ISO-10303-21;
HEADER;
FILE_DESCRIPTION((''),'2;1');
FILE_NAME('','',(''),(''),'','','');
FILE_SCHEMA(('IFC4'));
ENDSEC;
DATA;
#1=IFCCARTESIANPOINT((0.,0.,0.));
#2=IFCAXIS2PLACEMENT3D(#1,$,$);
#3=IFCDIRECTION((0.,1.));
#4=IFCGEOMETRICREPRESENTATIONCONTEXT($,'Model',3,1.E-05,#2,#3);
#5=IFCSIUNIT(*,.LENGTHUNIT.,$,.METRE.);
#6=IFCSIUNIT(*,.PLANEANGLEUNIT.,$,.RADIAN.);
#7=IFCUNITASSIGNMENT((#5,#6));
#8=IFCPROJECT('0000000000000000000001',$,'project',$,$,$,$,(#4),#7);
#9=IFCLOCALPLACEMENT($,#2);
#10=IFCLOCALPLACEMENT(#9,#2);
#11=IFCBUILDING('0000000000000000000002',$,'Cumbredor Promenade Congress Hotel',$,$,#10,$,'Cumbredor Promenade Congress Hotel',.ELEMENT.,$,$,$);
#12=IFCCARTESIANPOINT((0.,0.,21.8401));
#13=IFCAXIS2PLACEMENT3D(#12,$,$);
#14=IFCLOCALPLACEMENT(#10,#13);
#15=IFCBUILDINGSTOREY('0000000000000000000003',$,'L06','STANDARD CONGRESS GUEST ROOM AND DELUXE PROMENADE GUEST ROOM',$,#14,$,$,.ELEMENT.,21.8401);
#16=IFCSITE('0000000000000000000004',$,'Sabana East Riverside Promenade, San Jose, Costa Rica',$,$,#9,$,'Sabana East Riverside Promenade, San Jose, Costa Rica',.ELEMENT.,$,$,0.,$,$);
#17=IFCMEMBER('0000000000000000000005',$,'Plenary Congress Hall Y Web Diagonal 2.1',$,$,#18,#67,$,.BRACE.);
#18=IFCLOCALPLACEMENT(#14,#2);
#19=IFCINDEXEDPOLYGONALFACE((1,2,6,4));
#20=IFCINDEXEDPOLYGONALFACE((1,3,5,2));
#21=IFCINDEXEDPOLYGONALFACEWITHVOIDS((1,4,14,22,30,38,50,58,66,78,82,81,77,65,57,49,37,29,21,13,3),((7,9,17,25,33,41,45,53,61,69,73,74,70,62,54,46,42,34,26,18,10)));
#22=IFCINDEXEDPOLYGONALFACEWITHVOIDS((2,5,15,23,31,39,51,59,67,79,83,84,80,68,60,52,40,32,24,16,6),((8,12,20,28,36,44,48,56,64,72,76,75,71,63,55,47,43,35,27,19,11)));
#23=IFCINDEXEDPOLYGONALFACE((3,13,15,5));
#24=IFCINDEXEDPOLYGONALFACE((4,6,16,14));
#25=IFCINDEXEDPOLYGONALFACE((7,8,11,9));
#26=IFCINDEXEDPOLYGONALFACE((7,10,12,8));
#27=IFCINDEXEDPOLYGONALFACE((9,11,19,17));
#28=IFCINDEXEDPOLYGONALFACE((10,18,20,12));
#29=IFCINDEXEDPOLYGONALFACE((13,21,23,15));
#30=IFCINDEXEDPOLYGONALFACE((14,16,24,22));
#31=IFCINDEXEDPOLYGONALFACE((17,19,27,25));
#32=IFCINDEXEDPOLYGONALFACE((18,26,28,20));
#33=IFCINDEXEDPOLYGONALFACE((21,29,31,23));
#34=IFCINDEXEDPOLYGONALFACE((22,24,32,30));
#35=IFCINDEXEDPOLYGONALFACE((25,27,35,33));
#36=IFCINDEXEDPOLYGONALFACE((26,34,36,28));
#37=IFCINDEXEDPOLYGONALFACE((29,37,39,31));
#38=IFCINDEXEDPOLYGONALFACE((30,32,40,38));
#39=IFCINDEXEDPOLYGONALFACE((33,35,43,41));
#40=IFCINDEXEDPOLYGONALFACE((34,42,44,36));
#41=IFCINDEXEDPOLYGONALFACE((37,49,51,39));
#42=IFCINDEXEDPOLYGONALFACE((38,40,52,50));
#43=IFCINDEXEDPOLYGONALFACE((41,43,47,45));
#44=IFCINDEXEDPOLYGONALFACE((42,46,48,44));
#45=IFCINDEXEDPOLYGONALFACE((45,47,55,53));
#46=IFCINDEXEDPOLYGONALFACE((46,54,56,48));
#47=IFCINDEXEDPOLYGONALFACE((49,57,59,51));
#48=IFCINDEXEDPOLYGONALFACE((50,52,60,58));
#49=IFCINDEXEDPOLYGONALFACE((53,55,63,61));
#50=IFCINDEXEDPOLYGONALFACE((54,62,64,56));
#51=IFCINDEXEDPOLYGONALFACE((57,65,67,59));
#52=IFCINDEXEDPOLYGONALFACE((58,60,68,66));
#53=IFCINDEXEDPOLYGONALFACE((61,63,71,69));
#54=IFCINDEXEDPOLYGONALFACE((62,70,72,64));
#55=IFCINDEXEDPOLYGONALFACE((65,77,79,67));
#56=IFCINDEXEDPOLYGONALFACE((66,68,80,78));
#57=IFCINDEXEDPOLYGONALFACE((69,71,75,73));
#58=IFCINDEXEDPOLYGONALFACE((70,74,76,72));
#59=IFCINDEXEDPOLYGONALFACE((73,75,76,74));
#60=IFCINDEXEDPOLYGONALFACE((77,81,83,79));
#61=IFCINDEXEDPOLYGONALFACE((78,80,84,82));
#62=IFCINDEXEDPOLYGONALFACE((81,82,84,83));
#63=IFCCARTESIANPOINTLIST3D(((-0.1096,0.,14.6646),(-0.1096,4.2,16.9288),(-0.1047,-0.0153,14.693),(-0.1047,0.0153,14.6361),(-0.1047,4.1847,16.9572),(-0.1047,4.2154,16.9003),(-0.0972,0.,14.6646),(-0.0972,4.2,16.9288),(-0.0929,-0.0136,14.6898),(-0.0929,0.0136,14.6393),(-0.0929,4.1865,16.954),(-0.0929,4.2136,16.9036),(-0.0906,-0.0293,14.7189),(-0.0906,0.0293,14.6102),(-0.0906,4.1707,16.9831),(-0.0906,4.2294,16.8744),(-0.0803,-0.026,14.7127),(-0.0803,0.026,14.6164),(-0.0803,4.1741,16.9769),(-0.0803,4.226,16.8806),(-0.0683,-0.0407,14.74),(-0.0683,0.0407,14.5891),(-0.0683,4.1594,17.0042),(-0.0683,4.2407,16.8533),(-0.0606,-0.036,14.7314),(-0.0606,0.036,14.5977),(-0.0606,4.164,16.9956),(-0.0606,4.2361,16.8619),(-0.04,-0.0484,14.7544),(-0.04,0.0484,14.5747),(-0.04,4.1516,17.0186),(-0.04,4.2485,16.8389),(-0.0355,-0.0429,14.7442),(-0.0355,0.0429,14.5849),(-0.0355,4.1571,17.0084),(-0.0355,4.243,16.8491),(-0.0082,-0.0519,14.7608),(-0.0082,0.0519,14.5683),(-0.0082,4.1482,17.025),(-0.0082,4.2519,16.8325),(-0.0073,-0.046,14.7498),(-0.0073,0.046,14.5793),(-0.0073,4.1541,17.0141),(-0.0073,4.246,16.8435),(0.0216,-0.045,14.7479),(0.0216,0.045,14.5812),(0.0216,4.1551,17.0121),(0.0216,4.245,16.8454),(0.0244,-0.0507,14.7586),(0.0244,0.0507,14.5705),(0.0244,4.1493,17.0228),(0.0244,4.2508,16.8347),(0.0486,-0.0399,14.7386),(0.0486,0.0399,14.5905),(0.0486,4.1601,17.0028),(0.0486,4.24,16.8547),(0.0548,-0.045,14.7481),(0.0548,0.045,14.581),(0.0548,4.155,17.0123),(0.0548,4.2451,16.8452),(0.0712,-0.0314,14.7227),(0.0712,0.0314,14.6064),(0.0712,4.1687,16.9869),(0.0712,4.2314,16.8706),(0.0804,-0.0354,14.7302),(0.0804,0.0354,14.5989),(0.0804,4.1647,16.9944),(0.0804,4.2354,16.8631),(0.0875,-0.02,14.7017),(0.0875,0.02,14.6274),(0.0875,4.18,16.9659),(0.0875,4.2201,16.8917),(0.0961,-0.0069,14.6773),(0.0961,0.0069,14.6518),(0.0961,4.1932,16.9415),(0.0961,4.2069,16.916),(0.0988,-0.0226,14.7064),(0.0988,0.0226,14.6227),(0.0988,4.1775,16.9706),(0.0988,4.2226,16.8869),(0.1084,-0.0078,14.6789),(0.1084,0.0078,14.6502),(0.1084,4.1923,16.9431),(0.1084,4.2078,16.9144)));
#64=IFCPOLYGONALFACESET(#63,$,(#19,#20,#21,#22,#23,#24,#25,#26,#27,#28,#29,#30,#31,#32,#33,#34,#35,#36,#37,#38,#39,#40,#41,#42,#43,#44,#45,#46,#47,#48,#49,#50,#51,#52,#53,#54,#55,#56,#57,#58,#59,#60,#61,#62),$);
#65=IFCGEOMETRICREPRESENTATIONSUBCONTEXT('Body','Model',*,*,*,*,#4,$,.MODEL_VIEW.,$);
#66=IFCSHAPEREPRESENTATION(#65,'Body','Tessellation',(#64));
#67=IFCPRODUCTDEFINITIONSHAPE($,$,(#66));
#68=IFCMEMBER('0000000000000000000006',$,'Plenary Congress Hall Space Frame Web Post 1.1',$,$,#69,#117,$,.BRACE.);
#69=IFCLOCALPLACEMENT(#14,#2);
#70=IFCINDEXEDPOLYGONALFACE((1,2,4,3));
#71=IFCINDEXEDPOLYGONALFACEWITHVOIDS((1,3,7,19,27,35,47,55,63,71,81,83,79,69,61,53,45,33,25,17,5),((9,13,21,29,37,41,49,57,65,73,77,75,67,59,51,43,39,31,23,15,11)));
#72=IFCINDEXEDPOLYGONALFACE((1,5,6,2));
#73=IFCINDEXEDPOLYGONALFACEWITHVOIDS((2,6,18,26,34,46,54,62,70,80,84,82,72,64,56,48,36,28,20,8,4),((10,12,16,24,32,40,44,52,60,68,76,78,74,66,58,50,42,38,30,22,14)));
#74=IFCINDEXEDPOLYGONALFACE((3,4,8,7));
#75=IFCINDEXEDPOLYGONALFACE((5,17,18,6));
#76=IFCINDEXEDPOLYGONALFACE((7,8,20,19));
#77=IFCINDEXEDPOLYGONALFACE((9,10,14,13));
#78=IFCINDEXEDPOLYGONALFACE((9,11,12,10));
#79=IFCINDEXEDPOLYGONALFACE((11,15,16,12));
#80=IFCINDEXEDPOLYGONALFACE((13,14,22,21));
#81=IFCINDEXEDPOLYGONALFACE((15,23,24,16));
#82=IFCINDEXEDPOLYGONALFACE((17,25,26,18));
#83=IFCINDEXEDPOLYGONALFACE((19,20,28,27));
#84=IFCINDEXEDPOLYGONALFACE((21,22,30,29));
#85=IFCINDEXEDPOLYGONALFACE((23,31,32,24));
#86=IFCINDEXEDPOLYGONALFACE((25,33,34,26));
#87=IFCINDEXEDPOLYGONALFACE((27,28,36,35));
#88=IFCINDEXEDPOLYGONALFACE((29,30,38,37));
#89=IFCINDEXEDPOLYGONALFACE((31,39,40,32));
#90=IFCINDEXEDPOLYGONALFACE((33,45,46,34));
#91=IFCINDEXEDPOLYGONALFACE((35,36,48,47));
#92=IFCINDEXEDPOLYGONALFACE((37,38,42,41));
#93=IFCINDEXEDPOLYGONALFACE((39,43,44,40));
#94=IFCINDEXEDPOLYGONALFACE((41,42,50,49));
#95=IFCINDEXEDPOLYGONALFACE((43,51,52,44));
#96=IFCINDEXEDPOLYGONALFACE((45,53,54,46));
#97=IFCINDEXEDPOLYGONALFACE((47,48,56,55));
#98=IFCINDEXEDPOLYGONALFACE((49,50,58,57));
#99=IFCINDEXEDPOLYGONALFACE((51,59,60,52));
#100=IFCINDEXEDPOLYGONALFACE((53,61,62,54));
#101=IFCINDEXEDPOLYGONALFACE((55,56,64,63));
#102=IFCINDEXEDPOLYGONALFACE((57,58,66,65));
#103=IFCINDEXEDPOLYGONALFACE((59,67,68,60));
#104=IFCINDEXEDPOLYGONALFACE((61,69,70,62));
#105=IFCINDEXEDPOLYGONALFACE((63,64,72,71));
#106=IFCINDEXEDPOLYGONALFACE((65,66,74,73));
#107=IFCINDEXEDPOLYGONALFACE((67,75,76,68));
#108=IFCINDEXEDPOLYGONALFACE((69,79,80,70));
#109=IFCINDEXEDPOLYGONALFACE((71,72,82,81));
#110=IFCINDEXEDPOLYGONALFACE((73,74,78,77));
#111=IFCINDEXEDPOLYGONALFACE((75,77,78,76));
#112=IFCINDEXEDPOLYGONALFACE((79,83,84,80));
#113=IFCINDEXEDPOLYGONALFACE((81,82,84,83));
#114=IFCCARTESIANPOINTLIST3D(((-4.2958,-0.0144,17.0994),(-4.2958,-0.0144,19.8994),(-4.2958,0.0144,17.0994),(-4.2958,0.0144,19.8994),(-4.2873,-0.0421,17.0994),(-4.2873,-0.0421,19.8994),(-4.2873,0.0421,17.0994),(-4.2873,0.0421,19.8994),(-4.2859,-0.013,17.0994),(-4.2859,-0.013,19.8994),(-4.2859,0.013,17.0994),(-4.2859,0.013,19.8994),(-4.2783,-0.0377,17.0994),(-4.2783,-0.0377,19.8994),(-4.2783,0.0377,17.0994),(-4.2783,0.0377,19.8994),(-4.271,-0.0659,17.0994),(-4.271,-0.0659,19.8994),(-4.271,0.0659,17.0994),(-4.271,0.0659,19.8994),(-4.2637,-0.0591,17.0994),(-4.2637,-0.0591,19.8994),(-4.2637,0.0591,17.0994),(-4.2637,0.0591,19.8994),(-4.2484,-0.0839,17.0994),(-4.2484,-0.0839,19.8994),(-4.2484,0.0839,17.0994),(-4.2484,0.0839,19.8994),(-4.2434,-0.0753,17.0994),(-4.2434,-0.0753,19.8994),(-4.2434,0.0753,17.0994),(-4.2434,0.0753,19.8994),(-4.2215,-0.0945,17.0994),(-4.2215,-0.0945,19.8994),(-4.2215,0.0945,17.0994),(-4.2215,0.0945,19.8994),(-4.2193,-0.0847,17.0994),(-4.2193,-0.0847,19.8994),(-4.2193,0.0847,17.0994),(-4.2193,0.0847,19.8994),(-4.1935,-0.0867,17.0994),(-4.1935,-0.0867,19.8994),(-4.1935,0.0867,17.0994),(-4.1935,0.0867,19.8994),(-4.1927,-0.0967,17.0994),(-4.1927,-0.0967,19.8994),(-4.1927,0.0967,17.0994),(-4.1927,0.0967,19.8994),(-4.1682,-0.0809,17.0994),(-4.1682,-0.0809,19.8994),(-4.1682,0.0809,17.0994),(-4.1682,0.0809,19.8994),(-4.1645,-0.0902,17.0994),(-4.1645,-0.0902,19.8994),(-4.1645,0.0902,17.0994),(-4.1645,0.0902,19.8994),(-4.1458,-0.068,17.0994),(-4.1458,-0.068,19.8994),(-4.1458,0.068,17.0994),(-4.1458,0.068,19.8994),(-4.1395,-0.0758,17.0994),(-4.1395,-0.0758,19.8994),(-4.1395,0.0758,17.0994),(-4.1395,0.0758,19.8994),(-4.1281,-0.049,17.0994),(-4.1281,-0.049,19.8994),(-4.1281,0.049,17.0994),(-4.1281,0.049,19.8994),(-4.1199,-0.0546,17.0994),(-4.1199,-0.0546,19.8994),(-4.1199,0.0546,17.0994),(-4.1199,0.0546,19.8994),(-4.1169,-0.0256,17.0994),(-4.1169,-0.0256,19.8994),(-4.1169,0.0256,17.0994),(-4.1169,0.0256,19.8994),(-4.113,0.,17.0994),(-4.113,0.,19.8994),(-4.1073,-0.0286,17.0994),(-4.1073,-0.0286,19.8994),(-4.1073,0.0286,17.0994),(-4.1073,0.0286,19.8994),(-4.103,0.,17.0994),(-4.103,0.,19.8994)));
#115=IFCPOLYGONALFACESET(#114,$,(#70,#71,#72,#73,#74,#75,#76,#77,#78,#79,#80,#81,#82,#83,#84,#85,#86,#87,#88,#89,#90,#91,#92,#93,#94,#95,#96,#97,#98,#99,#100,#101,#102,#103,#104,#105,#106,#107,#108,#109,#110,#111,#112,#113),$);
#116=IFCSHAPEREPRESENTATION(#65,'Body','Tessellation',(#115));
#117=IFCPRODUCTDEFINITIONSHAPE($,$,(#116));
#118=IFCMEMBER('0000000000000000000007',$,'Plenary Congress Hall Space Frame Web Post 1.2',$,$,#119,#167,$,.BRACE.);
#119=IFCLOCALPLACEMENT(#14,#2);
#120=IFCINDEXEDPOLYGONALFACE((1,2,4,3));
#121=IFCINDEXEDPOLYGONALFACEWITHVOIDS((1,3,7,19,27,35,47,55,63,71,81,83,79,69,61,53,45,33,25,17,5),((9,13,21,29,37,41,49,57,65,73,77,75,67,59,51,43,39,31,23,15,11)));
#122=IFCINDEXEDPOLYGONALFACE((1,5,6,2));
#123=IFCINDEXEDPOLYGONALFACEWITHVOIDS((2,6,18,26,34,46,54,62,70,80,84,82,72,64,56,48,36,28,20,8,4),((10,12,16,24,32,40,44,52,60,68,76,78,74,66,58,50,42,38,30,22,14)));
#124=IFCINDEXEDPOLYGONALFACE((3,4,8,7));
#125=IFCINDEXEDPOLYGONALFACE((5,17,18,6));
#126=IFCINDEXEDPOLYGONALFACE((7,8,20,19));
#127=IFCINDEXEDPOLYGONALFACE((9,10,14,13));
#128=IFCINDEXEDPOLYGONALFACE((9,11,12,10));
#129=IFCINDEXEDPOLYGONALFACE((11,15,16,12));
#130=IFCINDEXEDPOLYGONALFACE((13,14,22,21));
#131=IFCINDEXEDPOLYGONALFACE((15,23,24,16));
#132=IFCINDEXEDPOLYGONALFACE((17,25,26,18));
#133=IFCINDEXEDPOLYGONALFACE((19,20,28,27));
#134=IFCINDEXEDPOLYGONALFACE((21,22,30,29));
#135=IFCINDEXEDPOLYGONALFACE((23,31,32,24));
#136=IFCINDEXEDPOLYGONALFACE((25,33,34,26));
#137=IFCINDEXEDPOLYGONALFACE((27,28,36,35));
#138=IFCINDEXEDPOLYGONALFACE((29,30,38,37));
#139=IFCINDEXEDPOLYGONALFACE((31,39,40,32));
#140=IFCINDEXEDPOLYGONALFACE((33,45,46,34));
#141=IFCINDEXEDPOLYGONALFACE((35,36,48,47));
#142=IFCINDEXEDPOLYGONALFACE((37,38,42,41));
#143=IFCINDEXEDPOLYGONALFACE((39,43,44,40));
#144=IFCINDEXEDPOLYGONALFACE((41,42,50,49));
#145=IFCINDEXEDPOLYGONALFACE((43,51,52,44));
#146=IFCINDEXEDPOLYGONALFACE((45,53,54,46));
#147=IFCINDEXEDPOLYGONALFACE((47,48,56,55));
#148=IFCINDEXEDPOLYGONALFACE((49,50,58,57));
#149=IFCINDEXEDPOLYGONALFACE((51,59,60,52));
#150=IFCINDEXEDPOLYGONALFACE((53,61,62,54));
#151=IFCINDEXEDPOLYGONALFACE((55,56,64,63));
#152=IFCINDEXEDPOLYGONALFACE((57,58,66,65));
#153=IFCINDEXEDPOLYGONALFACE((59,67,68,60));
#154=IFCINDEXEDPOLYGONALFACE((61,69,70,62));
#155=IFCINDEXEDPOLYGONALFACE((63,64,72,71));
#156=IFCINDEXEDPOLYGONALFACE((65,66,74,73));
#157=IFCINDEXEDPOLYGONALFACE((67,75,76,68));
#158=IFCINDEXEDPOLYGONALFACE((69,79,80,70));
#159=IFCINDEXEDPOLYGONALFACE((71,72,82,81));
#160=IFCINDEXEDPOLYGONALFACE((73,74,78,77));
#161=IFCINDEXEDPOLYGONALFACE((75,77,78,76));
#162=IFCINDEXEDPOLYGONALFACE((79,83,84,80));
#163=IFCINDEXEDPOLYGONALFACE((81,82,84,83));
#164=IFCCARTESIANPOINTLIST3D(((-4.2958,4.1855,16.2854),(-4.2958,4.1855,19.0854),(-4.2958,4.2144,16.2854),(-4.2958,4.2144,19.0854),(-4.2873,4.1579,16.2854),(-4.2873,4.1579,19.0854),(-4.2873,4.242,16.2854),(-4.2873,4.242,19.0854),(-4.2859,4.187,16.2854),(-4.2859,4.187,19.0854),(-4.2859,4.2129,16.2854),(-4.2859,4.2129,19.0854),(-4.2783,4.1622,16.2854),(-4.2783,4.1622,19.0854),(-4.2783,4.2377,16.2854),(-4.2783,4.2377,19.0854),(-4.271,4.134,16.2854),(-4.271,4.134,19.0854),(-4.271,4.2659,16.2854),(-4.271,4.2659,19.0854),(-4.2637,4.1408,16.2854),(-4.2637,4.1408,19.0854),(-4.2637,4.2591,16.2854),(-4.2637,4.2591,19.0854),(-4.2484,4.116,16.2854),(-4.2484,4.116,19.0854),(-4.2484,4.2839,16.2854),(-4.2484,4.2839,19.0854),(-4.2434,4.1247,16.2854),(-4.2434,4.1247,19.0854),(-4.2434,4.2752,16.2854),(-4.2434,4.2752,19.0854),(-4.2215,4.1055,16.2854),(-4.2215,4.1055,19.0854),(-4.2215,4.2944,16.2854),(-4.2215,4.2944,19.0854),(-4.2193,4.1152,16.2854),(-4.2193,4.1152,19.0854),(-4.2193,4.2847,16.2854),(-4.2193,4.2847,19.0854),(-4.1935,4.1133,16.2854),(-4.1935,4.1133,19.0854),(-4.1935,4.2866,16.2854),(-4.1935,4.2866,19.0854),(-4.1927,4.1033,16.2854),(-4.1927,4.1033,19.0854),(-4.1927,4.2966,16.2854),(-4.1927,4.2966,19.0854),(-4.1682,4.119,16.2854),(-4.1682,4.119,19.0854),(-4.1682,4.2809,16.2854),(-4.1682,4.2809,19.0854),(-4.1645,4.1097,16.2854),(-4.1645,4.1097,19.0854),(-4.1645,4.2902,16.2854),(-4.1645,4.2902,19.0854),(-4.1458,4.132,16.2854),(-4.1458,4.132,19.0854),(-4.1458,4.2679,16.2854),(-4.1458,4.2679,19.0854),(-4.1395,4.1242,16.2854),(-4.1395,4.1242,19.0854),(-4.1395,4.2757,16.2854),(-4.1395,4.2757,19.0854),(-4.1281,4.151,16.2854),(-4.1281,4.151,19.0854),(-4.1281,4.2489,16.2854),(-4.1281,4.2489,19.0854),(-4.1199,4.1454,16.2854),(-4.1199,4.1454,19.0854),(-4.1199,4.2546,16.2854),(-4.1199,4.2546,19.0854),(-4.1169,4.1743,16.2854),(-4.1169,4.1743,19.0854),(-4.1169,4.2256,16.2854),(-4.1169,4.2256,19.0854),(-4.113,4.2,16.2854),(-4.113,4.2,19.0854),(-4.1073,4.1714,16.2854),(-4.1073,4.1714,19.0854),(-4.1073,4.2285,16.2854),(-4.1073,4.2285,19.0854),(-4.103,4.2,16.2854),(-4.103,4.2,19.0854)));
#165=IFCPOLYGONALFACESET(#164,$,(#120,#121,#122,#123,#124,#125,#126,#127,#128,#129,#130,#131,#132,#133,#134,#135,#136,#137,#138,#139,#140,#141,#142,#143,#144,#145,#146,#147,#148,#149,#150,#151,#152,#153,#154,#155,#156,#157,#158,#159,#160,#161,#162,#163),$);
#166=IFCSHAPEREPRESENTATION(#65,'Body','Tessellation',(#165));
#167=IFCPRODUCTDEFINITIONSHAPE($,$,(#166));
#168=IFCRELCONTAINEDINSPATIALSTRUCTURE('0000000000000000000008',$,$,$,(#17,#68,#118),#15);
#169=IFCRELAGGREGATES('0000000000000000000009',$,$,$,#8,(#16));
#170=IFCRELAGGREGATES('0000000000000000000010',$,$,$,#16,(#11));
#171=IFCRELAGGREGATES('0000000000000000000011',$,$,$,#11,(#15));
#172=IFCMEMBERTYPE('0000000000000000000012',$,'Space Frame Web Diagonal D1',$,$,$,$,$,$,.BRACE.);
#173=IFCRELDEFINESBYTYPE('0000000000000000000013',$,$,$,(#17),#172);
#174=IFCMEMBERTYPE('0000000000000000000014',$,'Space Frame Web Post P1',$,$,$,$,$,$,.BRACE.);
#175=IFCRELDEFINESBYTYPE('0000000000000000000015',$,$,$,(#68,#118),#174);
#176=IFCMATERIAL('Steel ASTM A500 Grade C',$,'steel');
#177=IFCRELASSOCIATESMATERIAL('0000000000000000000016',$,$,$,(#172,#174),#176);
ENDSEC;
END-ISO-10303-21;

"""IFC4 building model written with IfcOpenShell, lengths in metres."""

from ifc_helpers import new_model, si_unit, direction, frame, origin, origin_2d, place, context, subcontext, project, spatial, hollow_circle, extrude, material, material_profile, profile_set, type_object, element, save


model = new_model("IFC4")

# Units and contexts
model_context = context("Model", 3, precision=1e-05, world=origin(), true_north=direction((0.0, 1.0)))
body_context = subcontext(model_context, "Body", "Model", "MODEL_VIEW")
ifc_project = project(units=[si_unit("LENGTHUNIT", "METRE"), si_unit("PLANEANGLEUNIT", "RADIAN")], contexts=[model_context])

# Site, building, storey
site_placement = place(None, origin())
site = spatial("IfcSite", under=ifc_project, at=site_placement, Name="Sabana East Riverside Promenade, San Jose, Costa Rica", LongName="Sabana East Riverside Promenade, San Jose, Costa Rica", CompositionType="ELEMENT", RefElevation=0.0)
building_placement = place(site_placement, origin())
building = spatial("IfcBuilding", under=site, at=building_placement, Name="Cumbredor Promenade Congress Hotel", LongName="Cumbredor Promenade Congress Hotel", CompositionType="ELEMENT")
storey_placement = place(building_placement, frame((0.0, 0.0, 21.8401)))
storey = spatial("IfcBuildingStorey", under=building, at=storey_placement, Name="L06", Description="STANDARD CONGRESS GUEST ROOM AND DELUXE PROMENADE GUEST ROOM", CompositionType="ELEMENT", Elevation=21.8401)

# Members
ifc_material_1 = material(Name="Steel ASTM A500 Grade C", Category="steel")
ifc_material_profile_1 = material_profile(ifc_material_1, hollow_circle(Radius=0.1096, WallThickness=0.0125, at=origin_2d()), Name="CHS 219.1x12.5")
ifc_profile_set_1 = profile_set([ifc_material_profile_1], Name="Steel ASTM A500 Grade C")
member_type_1 = type_object("IfcMemberType", Name="Space Frame Web Diagonal D1", PredefinedType="BRACE", material=ifc_profile_set_1)
member_1_placement = place(storey_placement, frame((0.0, 0.0, 14.6646), z_axis=(0.0, 0.880239, 0.47453), x_axis=(-1.0, 0.0, 0.0)))
element("IfcMember", 1, at=member_1_placement, inside=storey, type_object=member_type_1, Name="Plenary Congress Hall Y Web Diagonal 2.1", PredefinedType="BRACE", context=body_context, shape_type="SweptSolid", body=[
    extrude(hollow_circle(Radius=0.1096, WallThickness=0.0125, at=origin_2d()), origin(), (0.0, 0.0, 1.0), 4.7715),
])
ifc_material_profile_2 = material_profile(ifc_material_1, hollow_circle(Radius=0.0969, WallThickness=0.01, at=origin_2d()), Name="CHS 193.7x10")
ifc_profile_set_2 = profile_set([ifc_material_profile_2], Name="Steel ASTM A500 Grade C")
member_type_2 = type_object("IfcMemberType", Name="Space Frame Web Post P1", PredefinedType="BRACE", material=ifc_profile_set_2)
for number, where, z_axis, x_axis, name in (
    (2, (-4.2, 0.0, 17.0994), (0.0, 0.0, 1.0), (1.0, 0.0, 0.0), "Plenary Congress Hall Space Frame Web Post 1.1"),
    (3, (-4.2, 4.2, 16.2854), (0.0, 0.0, 1.0), (1.0, 0.0, 0.0), "Plenary Congress Hall Space Frame Web Post 1.2"),
):
    element("IfcMember", number, at=place(storey_placement, frame(where, z_axis=z_axis, x_axis=x_axis)), inside=storey, type_object=member_type_2, Name=name, PredefinedType="BRACE", context=body_context, shape_type="SweptSolid", body=[
        extrude(hollow_circle(Radius=0.0969, WallThickness=0.01, at=origin_2d()), origin(), (0.0, 0.0, 1.0), 2.8),
    ])

save(model, "model.ifc")
